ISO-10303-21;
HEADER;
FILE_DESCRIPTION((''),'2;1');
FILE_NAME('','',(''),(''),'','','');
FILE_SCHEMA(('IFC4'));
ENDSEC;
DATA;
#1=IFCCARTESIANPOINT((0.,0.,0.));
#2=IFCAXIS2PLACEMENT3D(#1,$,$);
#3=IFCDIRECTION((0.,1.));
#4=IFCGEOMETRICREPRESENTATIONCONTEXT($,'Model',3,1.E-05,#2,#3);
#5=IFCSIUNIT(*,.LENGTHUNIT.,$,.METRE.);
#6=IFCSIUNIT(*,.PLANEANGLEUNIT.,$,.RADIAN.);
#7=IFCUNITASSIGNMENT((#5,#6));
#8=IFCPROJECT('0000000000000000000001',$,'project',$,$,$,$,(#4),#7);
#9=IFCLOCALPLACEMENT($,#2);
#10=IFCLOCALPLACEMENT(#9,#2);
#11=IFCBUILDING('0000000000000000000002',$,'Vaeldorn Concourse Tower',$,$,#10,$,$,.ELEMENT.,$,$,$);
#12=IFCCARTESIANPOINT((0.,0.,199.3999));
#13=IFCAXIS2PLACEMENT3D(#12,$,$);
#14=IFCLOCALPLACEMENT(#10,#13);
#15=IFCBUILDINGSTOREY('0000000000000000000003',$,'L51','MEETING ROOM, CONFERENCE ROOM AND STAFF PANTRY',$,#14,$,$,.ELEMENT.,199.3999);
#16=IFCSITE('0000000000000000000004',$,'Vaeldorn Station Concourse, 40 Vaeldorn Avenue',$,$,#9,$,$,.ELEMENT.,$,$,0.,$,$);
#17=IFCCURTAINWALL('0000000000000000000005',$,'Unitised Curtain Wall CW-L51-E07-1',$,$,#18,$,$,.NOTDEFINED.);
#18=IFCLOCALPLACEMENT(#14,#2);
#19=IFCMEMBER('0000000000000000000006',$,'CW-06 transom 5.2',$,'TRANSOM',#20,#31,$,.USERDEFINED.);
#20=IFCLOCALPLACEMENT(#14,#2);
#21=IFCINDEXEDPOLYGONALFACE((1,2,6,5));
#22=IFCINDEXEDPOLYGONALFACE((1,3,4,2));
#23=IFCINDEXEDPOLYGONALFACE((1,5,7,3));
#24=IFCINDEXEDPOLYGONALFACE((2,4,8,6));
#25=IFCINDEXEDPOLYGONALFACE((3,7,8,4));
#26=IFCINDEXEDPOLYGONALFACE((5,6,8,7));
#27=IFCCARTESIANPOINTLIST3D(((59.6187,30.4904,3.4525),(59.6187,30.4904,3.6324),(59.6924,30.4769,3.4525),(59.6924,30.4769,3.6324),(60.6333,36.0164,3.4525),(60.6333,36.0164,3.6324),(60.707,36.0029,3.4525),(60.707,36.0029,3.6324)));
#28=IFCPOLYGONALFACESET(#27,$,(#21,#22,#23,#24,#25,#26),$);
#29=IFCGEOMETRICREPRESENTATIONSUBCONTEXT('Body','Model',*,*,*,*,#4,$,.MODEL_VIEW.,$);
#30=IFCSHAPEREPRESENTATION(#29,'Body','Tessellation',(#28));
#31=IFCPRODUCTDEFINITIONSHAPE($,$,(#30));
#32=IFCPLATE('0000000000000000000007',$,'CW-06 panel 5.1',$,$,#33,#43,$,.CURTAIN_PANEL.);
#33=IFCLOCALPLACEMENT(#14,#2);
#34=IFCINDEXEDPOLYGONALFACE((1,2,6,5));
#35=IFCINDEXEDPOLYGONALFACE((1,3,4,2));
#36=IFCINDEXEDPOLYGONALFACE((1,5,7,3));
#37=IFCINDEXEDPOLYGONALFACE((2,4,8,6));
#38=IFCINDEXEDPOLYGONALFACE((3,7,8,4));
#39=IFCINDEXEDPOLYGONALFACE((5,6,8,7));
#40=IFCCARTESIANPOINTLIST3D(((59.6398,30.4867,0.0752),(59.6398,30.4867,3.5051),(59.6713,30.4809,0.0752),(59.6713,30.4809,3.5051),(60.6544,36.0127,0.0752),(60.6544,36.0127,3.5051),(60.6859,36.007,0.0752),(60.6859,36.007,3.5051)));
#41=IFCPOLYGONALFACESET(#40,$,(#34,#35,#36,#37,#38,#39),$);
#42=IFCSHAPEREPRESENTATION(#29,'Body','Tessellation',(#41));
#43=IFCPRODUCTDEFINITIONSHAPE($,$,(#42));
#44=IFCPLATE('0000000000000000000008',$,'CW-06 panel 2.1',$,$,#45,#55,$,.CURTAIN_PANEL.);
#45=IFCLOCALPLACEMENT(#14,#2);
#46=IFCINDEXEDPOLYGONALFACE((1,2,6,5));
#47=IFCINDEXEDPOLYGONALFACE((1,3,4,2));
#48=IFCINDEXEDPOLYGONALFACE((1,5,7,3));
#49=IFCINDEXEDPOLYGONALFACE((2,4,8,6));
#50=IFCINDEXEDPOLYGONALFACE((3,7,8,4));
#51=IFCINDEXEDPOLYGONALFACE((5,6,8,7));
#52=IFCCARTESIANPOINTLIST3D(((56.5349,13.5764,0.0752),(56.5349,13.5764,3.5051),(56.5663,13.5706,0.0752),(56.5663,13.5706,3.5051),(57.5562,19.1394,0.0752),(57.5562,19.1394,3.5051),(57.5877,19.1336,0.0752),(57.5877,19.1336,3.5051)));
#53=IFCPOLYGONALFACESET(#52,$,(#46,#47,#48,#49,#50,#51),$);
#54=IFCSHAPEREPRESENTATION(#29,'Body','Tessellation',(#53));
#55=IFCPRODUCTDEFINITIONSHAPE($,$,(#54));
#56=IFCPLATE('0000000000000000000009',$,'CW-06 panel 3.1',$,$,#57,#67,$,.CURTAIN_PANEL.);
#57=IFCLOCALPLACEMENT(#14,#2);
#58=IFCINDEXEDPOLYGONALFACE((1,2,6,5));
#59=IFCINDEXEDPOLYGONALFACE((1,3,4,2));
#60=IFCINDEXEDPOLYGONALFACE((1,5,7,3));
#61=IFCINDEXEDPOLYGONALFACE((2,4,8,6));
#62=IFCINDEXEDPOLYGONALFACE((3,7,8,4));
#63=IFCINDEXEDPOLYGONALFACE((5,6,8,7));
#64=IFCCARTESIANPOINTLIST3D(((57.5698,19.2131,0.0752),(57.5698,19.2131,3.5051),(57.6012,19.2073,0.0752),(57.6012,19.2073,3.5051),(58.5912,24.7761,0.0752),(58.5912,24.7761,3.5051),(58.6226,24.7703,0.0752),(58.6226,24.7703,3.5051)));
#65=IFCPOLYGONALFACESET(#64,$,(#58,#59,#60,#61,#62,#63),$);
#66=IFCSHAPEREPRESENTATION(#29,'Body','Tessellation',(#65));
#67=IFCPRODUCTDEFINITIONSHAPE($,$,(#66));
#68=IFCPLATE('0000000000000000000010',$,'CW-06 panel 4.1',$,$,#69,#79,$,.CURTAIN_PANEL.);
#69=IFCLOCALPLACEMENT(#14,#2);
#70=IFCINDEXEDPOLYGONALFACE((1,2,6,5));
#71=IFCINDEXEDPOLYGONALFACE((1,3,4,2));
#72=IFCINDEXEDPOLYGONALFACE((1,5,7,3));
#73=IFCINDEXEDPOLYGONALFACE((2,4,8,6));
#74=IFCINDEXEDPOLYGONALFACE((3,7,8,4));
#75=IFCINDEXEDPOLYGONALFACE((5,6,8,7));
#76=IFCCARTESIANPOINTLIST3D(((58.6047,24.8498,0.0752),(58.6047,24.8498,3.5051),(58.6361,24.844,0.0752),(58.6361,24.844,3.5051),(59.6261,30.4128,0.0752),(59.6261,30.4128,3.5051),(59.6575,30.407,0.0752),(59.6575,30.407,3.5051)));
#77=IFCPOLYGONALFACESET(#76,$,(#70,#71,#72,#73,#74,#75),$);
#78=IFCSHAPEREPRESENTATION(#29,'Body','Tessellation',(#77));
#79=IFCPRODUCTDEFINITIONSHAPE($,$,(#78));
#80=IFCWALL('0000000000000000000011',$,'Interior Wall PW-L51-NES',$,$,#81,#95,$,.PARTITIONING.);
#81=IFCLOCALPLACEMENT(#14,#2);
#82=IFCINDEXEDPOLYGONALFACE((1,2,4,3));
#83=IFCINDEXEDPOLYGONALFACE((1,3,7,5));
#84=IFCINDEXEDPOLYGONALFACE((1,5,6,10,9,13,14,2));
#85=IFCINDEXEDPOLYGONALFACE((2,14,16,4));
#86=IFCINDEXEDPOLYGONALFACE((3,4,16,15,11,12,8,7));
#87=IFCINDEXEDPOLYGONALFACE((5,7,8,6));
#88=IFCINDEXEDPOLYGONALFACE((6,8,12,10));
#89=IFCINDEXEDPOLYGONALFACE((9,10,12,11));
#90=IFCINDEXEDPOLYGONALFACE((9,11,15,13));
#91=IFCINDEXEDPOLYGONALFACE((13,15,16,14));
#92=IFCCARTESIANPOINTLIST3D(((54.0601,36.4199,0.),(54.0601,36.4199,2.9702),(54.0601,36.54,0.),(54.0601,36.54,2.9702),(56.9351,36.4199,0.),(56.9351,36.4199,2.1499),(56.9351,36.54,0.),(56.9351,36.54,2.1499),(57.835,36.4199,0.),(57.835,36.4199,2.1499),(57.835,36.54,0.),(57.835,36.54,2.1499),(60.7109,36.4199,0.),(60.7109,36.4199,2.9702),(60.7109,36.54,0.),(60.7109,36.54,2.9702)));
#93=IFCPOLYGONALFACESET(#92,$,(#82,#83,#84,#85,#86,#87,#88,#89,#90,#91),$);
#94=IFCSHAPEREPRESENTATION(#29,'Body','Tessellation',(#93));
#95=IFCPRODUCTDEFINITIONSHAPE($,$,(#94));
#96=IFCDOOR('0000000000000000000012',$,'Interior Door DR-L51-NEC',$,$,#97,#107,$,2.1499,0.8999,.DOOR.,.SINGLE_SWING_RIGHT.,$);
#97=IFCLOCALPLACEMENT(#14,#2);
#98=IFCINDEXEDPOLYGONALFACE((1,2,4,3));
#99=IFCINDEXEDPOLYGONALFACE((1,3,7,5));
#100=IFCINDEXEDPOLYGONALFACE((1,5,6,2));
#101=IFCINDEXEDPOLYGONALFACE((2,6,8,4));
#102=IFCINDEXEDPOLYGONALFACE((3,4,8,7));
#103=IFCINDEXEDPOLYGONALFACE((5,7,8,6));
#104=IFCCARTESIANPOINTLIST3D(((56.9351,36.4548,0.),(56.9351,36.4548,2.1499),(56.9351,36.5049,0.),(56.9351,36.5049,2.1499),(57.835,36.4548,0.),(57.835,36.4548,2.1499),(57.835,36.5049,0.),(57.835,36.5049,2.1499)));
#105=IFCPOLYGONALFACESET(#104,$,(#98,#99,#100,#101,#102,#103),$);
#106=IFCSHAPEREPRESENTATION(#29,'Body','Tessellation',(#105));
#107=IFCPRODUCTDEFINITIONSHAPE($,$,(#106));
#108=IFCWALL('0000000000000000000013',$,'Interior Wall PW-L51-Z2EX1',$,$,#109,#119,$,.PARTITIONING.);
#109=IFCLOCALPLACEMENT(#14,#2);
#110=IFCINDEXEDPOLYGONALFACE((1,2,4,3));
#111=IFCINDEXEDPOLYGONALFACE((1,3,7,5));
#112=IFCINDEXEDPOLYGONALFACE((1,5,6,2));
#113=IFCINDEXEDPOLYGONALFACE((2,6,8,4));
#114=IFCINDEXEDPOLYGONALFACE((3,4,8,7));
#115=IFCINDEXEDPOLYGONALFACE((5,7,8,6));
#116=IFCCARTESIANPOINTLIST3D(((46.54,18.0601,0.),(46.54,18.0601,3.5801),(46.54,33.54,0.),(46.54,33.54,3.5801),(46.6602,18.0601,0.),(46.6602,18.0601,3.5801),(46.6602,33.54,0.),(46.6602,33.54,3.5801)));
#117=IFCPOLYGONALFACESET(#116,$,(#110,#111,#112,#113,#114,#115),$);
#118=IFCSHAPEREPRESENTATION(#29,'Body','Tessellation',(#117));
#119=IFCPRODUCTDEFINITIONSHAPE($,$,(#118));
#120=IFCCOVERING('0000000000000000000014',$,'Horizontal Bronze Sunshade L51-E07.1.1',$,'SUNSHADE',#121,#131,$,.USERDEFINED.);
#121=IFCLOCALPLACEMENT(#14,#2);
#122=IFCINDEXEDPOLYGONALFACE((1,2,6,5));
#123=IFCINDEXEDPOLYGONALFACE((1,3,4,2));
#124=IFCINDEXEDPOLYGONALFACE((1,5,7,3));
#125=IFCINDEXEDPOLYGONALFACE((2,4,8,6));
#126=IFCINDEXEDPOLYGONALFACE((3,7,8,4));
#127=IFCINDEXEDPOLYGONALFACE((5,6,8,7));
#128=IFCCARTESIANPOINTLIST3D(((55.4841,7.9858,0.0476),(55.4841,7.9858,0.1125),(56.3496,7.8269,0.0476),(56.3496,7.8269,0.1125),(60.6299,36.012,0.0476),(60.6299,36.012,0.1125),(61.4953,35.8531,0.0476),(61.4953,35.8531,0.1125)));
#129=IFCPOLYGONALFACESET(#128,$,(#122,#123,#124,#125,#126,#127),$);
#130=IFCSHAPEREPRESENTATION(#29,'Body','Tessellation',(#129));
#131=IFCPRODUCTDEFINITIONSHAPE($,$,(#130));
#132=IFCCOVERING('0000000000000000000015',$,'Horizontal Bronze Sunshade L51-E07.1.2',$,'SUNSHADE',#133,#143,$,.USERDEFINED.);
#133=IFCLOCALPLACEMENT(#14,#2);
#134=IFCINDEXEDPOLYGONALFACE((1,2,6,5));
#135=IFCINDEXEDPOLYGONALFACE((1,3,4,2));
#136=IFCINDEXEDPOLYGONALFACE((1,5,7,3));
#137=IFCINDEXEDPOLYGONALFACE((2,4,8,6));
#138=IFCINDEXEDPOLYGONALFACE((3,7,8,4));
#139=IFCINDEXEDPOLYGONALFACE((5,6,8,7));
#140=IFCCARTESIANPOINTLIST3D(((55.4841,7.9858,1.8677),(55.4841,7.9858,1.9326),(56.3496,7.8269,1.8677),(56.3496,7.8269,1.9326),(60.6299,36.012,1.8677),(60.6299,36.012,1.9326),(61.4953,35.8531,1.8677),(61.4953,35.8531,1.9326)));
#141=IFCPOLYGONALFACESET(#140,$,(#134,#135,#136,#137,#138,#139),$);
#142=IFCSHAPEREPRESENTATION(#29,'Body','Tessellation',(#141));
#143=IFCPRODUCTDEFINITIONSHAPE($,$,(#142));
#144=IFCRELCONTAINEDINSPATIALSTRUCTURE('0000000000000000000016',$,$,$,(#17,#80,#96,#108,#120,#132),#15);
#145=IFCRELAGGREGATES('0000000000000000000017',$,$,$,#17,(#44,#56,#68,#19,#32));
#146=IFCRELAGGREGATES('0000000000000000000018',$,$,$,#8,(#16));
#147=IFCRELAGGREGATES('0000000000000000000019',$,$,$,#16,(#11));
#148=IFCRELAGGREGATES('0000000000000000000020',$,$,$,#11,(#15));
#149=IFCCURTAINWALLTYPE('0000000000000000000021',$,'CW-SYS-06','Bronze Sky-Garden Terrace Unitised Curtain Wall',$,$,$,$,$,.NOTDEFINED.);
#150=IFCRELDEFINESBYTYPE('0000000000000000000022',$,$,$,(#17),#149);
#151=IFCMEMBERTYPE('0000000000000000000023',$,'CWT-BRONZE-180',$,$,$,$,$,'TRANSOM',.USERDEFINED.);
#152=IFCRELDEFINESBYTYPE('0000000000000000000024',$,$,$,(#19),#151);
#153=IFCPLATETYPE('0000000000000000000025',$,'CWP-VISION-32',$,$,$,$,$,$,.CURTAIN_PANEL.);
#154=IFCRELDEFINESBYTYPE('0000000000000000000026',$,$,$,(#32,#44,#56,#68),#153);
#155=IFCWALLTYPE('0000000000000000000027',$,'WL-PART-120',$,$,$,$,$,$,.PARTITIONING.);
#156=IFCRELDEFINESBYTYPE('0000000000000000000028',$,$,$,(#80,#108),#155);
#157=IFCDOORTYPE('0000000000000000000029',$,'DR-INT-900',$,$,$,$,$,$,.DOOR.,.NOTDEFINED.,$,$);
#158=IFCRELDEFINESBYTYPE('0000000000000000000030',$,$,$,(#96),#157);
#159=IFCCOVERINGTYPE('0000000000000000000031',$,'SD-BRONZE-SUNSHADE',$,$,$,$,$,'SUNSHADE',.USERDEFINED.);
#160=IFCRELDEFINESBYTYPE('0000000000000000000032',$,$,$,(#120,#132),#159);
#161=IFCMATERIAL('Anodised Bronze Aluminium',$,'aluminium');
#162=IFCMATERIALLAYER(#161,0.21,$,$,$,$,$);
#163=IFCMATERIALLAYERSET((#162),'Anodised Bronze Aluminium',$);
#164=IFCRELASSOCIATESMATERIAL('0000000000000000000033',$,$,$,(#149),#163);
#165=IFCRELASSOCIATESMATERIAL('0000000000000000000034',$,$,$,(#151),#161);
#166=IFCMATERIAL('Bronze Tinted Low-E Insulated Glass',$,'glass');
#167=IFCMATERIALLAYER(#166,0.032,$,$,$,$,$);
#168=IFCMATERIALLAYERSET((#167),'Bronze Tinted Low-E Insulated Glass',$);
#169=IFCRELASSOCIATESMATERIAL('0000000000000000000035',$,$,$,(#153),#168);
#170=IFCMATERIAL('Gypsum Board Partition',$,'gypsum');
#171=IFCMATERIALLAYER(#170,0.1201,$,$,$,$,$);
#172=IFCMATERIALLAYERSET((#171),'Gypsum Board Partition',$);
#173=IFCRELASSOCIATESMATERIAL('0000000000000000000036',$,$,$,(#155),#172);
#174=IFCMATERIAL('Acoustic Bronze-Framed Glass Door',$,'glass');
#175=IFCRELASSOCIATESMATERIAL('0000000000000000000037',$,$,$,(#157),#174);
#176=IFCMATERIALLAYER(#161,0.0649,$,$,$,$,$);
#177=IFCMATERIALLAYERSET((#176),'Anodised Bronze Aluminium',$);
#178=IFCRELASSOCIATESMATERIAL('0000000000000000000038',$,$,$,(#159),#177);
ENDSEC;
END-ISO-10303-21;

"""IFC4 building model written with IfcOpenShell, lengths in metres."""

from ifc_helpers import new_model, si_unit, direction, frame, frame_2d, origin, origin_2d, place, context, subcontext, project, spatial, rectangle, extrude, source, transform, mapped, material, layer, layer_set, material_profile, profile_set, type_object, element, fill, aggregate, save


model = new_model("IFC4")

# Units and contexts
model_context = context("Model", 3, precision=1e-05, world=origin(), true_north=direction((0.0, 1.0)))
body_context = subcontext(model_context, "Body", "Model", "MODEL_VIEW")
ifc_project = project(units=[si_unit("LENGTHUNIT", "METRE"), si_unit("PLANEANGLEUNIT", "RADIAN")], contexts=[model_context])

# Site, building, storey
site_placement = place(None, origin())
site = spatial("IfcSite", under=ifc_project, at=site_placement, Name="Vaeldorn Station Concourse, 40 Vaeldorn Avenue", CompositionType="ELEMENT", RefElevation=0.0)
building_placement = place(site_placement, origin())
building = spatial("IfcBuilding", under=site, at=building_placement, Name="Vaeldorn Concourse Tower", CompositionType="ELEMENT")
storey_placement = place(building_placement, frame((0.0, 0.0, 199.3999)))
storey = spatial("IfcBuildingStorey", under=building, at=storey_placement, Name="L51", Description="MEETING ROOM, CONFERENCE ROOM AND STAFF PANTRY", CompositionType="ELEMENT", Elevation=199.3999)

# Curtain wall, member, plates
ifc_material_1 = material(Name="Anodised Bronze Aluminium", Category="aluminium")
ifc_layer_1 = layer(ifc_material_1, 0.21)
ifc_layer_set_1 = layer_set([ifc_layer_1], Name="Anodised Bronze Aluminium")
curtain_wall_type = type_object("IfcCurtainWallType", Name="CW-SYS-06", Description="Bronze Sky-Garden Terrace Unitised Curtain Wall", PredefinedType="NOTDEFINED", material=ifc_layer_set_1)
curtain_wall_placement = place(storey_placement, origin())
curtain_wall = element("IfcCurtainWall", 1, at=curtain_wall_placement, inside=storey, type_object=curtain_wall_type, Name="Unitised Curtain Wall CW-L51-E07-1", PredefinedType="NOTDEFINED")
ifc_material_profile_1 = material_profile(ifc_material_1, rectangle(XDim=0.075, YDim=0.1799, at=origin_2d()), Name="CWT 75x180")
ifc_profile_set_1 = profile_set([ifc_material_profile_1], Name="Anodised Bronze Aluminium")
member_type_1 = type_object("IfcMemberType", Name="CWT-BRONZE-180", ElementType="TRANSOM", PredefinedType="USERDEFINED", material=ifc_profile_set_1)
shared_shape_1 = source(origin(), body_context, "Body", "SweptSolid", [
    extrude(rectangle(XDim=0.075, YDim=0.1799, at=origin_2d()), origin(), (0.0, 0.0, 1.0), 5.6184),
])
member_1_placement = place(storey_placement, frame((59.6555, 30.4836, 3.5425), z_axis=(0.180591, 0.983558, 0.0), x_axis=(-0.983558, 0.180591, 0.0)))
member_1 = element("IfcMember", 2, at=member_1_placement, type_object=member_type_1, Name="CW-06 transom 5.2", ObjectType="TRANSOM", PredefinedType="USERDEFINED", context=body_context, shape_type="MappedRepresentation", body=[
    mapped(shared_shape_1, transform((0.0, 0.0, 0.0), scale=1.0)),
])
ifc_material_2 = material(Name="Bronze Tinted Low-E Insulated Glass", Category="glass")
ifc_layer_2 = layer(ifc_material_2, 0.032)
ifc_layer_set_2 = layer_set([ifc_layer_2], Name="Bronze Tinted Low-E Insulated Glass")
plate_type = type_object("IfcPlateType", Name="CWP-VISION-32", PredefinedType="CURTAIN_PANEL", material=ifc_layer_set_2)
shared_shape_2 = source(origin(), body_context, "Body", "SweptSolid", [
    extrude(rectangle(XDim=5.6184, YDim=0.032, at=origin_2d()), origin(), (0.0, 0.0, 1.0), 3.4299),
])
plate_1_placement = place(storey_placement, frame((60.1628, 33.2468, 0.0752), z_axis=(0.0, 0.0, 1.0), x_axis=(0.180585, 0.983559, 0.0)))
plate_1 = element("IfcPlate", 3, at=plate_1_placement, type_object=plate_type, Name="CW-06 panel 5.1", PredefinedType="CURTAIN_PANEL", context=body_context, shape_type="MappedRepresentation", body=[
    mapped(shared_shape_2, transform((0.0, 0.0, 0.0), scale=1.0)),
])
shared_shape_3 = source(origin(), body_context, "Body", "SweptSolid", [
    extrude(rectangle(XDim=5.656, YDim=0.032, at=origin_2d()), origin(), (0.0, 0.0, 1.0), 3.4299),
])
plate_2_placement = place(storey_placement, frame((57.0613, 16.355, 0.0752), z_axis=(0.0, 0.0, 1.0), x_axis=(0.180585, 0.983559, 0.0)))
plate_2 = element("IfcPlate", 4, at=plate_2_placement, type_object=plate_type, Name="CW-06 panel 2.1", PredefinedType="CURTAIN_PANEL", context=body_context, shape_type="MappedRepresentation", body=[
    mapped(shared_shape_3, transform((0.0, 0.0, 0.0), scale=1.0)),
])
plate_3_placement = place(storey_placement, frame((58.0962, 21.9917, 0.0752), z_axis=(0.0, 0.0, 1.0), x_axis=(0.180585, 0.983559, 0.0)))
plate_3 = element("IfcPlate", 5, at=plate_3_placement, type_object=plate_type, Name="CW-06 panel 3.1", PredefinedType="CURTAIN_PANEL", context=body_context, shape_type="MappedRepresentation", body=[
    mapped(shared_shape_3, transform((0.0, 0.0, 0.0), scale=1.0)),
])
plate_4_placement = place(storey_placement, frame((59.1311, 27.6284, 0.0752), z_axis=(0.0, 0.0, 1.0), x_axis=(0.180585, 0.983559, 0.0)))
plate_4 = element("IfcPlate", 6, at=plate_4_placement, type_object=plate_type, Name="CW-06 panel 4.1", PredefinedType="CURTAIN_PANEL", context=body_context, shape_type="MappedRepresentation", body=[
    mapped(shared_shape_3, transform((0.0, 0.0, 0.0), scale=1.0)),
])
aggregate(curtain_wall, [plate_2, plate_3, plate_4, member_1, plate_1])

# Wall, opening, door
ifc_material_3 = material(Name="Gypsum Board Partition", Category="gypsum")
ifc_layer_3 = layer(ifc_material_3, 0.1201)
ifc_layer_set_3 = layer_set([ifc_layer_3], Name="Gypsum Board Partition")
wall_type = type_object("IfcWallType", Name="WL-PART-120", PredefinedType="PARTITIONING", material=ifc_layer_set_3)
wall_1_placement = place(storey_placement, frame((54.0601, 36.48, 0.0), z_axis=(0.0, 0.0, 1.0), x_axis=(1.0, 0.0, 0.0)))
wall_1 = element("IfcWall", 7, at=wall_1_placement, inside=storey, type_object=wall_type, Name="Interior Wall PW-L51-NES", PredefinedType="PARTITIONING", context=body_context, shape_type="SweptSolid", body=[
    extrude(rectangle(XDim=6.6509, YDim=0.1201, at=frame_2d((3.3254, 0.0))), origin(), (0.0, 0.0, 1.0), 2.9702),
])
opening_placement = place(wall_1_placement, frame((2.875, 0.0, 0.0)))
opening = element("IfcOpeningElement", 8, at=opening_placement, cuts=wall_1, PredefinedType="OPENING", context=body_context, shape_type="SweptSolid", body=[
    extrude(rectangle(XDim=0.8999, YDim=2.1499, at=frame_2d((0.45, 1.075))), frame((0.0, 0.0701, 0.0), z_axis=(0.0, -1.0, 0.0), x_axis=(1.0, 0.0, 0.0)), (0.0, 0.0, 1.0), 0.1401),
])
ifc_material_4 = material(Name="Acoustic Bronze-Framed Glass Door", Category="glass")
door_type = type_object("IfcDoorType", Name="DR-INT-900", OperationType="NOTDEFINED", PredefinedType="DOOR", material=ifc_material_4)
shared_shape_4 = source(origin(), body_context, "Body", "SweptSolid", [
    extrude(rectangle(XDim=0.8999, YDim=2.1499, at=frame_2d((0.45, 1.075))), frame((0.0, 0.0249, 0.0), z_axis=(0.0, -1.0, 0.0), x_axis=(1.0, 0.0, 0.0)), (0.0, 0.0, 1.0), 0.05),
])
door_placement = place(opening_placement, origin())
door = element("IfcDoor", 9, at=door_placement, inside=storey, type_object=door_type, Name="Interior Door DR-L51-NEC", OperationType="SINGLE_SWING_RIGHT", OverallHeight=2.1499, OverallWidth=0.8999, PredefinedType="DOOR", context=body_context, shape_type="MappedRepresentation", body=[
    mapped(shared_shape_4, transform((0.0, 0.0, 0.0), scale=1.0)),
])
fill(opening, door)

# Wall
wall_2_placement = place(storey_placement, frame((46.6001, 18.0601, 0.0), z_axis=(0.0, 0.0, 1.0), x_axis=(0.0, 1.0, 0.0)))
element("IfcWall", 10, at=wall_2_placement, inside=storey, type_object=wall_type, Name="Interior Wall PW-L51-Z2EX1", PredefinedType="PARTITIONING", context=body_context, shape_type="SweptSolid", body=[
    extrude(rectangle(XDim=15.48, YDim=0.1201, at=frame_2d((7.74, 0.0))), origin(), (0.0, 0.0, 1.0), 3.5801),
])

# Coverings
ifc_layer_4 = layer(ifc_material_1, 0.0649)
ifc_layer_set_4 = layer_set([ifc_layer_4], Name="Anodised Bronze Aluminium")
covering_type = type_object("IfcCoveringType", Name="SD-BRONZE-SUNSHADE", ElementType="SUNSHADE", PredefinedType="USERDEFINED", material=ifc_layer_set_4)
shared_shape_5 = source(origin(), body_context, "Body", "SweptSolid", [
    extrude(rectangle(XDim=28.4946, YDim=0.8799, at=origin_2d()), origin(), (0.0, 0.0, 1.0), 0.0649),
])
for number, where, z_axis, x_axis, name in (
    (11, (58.4897, 21.9194, 0.0476), (0.0, 0.0, 1.0), (0.180588, 0.983559, 0.0), "Horizontal Bronze Sunshade L51-E07.1.1"),
    (12, (58.4897, 21.9194, 1.8677), (0.0, 0.0, 1.0), (0.180588, 0.983559, 0.0), "Horizontal Bronze Sunshade L51-E07.1.2"),
):
    element("IfcCovering", number, at=place(storey_placement, frame(where, z_axis=z_axis, x_axis=x_axis)), inside=storey, type_object=covering_type, Name=name, ObjectType="SUNSHADE", PredefinedType="USERDEFINED", context=body_context, shape_type="MappedRepresentation", body=[
        mapped(shared_shape_5, transform((0.0, 0.0, 0.0), scale=1.0)),
    ])

save(model, "model.ifc")
